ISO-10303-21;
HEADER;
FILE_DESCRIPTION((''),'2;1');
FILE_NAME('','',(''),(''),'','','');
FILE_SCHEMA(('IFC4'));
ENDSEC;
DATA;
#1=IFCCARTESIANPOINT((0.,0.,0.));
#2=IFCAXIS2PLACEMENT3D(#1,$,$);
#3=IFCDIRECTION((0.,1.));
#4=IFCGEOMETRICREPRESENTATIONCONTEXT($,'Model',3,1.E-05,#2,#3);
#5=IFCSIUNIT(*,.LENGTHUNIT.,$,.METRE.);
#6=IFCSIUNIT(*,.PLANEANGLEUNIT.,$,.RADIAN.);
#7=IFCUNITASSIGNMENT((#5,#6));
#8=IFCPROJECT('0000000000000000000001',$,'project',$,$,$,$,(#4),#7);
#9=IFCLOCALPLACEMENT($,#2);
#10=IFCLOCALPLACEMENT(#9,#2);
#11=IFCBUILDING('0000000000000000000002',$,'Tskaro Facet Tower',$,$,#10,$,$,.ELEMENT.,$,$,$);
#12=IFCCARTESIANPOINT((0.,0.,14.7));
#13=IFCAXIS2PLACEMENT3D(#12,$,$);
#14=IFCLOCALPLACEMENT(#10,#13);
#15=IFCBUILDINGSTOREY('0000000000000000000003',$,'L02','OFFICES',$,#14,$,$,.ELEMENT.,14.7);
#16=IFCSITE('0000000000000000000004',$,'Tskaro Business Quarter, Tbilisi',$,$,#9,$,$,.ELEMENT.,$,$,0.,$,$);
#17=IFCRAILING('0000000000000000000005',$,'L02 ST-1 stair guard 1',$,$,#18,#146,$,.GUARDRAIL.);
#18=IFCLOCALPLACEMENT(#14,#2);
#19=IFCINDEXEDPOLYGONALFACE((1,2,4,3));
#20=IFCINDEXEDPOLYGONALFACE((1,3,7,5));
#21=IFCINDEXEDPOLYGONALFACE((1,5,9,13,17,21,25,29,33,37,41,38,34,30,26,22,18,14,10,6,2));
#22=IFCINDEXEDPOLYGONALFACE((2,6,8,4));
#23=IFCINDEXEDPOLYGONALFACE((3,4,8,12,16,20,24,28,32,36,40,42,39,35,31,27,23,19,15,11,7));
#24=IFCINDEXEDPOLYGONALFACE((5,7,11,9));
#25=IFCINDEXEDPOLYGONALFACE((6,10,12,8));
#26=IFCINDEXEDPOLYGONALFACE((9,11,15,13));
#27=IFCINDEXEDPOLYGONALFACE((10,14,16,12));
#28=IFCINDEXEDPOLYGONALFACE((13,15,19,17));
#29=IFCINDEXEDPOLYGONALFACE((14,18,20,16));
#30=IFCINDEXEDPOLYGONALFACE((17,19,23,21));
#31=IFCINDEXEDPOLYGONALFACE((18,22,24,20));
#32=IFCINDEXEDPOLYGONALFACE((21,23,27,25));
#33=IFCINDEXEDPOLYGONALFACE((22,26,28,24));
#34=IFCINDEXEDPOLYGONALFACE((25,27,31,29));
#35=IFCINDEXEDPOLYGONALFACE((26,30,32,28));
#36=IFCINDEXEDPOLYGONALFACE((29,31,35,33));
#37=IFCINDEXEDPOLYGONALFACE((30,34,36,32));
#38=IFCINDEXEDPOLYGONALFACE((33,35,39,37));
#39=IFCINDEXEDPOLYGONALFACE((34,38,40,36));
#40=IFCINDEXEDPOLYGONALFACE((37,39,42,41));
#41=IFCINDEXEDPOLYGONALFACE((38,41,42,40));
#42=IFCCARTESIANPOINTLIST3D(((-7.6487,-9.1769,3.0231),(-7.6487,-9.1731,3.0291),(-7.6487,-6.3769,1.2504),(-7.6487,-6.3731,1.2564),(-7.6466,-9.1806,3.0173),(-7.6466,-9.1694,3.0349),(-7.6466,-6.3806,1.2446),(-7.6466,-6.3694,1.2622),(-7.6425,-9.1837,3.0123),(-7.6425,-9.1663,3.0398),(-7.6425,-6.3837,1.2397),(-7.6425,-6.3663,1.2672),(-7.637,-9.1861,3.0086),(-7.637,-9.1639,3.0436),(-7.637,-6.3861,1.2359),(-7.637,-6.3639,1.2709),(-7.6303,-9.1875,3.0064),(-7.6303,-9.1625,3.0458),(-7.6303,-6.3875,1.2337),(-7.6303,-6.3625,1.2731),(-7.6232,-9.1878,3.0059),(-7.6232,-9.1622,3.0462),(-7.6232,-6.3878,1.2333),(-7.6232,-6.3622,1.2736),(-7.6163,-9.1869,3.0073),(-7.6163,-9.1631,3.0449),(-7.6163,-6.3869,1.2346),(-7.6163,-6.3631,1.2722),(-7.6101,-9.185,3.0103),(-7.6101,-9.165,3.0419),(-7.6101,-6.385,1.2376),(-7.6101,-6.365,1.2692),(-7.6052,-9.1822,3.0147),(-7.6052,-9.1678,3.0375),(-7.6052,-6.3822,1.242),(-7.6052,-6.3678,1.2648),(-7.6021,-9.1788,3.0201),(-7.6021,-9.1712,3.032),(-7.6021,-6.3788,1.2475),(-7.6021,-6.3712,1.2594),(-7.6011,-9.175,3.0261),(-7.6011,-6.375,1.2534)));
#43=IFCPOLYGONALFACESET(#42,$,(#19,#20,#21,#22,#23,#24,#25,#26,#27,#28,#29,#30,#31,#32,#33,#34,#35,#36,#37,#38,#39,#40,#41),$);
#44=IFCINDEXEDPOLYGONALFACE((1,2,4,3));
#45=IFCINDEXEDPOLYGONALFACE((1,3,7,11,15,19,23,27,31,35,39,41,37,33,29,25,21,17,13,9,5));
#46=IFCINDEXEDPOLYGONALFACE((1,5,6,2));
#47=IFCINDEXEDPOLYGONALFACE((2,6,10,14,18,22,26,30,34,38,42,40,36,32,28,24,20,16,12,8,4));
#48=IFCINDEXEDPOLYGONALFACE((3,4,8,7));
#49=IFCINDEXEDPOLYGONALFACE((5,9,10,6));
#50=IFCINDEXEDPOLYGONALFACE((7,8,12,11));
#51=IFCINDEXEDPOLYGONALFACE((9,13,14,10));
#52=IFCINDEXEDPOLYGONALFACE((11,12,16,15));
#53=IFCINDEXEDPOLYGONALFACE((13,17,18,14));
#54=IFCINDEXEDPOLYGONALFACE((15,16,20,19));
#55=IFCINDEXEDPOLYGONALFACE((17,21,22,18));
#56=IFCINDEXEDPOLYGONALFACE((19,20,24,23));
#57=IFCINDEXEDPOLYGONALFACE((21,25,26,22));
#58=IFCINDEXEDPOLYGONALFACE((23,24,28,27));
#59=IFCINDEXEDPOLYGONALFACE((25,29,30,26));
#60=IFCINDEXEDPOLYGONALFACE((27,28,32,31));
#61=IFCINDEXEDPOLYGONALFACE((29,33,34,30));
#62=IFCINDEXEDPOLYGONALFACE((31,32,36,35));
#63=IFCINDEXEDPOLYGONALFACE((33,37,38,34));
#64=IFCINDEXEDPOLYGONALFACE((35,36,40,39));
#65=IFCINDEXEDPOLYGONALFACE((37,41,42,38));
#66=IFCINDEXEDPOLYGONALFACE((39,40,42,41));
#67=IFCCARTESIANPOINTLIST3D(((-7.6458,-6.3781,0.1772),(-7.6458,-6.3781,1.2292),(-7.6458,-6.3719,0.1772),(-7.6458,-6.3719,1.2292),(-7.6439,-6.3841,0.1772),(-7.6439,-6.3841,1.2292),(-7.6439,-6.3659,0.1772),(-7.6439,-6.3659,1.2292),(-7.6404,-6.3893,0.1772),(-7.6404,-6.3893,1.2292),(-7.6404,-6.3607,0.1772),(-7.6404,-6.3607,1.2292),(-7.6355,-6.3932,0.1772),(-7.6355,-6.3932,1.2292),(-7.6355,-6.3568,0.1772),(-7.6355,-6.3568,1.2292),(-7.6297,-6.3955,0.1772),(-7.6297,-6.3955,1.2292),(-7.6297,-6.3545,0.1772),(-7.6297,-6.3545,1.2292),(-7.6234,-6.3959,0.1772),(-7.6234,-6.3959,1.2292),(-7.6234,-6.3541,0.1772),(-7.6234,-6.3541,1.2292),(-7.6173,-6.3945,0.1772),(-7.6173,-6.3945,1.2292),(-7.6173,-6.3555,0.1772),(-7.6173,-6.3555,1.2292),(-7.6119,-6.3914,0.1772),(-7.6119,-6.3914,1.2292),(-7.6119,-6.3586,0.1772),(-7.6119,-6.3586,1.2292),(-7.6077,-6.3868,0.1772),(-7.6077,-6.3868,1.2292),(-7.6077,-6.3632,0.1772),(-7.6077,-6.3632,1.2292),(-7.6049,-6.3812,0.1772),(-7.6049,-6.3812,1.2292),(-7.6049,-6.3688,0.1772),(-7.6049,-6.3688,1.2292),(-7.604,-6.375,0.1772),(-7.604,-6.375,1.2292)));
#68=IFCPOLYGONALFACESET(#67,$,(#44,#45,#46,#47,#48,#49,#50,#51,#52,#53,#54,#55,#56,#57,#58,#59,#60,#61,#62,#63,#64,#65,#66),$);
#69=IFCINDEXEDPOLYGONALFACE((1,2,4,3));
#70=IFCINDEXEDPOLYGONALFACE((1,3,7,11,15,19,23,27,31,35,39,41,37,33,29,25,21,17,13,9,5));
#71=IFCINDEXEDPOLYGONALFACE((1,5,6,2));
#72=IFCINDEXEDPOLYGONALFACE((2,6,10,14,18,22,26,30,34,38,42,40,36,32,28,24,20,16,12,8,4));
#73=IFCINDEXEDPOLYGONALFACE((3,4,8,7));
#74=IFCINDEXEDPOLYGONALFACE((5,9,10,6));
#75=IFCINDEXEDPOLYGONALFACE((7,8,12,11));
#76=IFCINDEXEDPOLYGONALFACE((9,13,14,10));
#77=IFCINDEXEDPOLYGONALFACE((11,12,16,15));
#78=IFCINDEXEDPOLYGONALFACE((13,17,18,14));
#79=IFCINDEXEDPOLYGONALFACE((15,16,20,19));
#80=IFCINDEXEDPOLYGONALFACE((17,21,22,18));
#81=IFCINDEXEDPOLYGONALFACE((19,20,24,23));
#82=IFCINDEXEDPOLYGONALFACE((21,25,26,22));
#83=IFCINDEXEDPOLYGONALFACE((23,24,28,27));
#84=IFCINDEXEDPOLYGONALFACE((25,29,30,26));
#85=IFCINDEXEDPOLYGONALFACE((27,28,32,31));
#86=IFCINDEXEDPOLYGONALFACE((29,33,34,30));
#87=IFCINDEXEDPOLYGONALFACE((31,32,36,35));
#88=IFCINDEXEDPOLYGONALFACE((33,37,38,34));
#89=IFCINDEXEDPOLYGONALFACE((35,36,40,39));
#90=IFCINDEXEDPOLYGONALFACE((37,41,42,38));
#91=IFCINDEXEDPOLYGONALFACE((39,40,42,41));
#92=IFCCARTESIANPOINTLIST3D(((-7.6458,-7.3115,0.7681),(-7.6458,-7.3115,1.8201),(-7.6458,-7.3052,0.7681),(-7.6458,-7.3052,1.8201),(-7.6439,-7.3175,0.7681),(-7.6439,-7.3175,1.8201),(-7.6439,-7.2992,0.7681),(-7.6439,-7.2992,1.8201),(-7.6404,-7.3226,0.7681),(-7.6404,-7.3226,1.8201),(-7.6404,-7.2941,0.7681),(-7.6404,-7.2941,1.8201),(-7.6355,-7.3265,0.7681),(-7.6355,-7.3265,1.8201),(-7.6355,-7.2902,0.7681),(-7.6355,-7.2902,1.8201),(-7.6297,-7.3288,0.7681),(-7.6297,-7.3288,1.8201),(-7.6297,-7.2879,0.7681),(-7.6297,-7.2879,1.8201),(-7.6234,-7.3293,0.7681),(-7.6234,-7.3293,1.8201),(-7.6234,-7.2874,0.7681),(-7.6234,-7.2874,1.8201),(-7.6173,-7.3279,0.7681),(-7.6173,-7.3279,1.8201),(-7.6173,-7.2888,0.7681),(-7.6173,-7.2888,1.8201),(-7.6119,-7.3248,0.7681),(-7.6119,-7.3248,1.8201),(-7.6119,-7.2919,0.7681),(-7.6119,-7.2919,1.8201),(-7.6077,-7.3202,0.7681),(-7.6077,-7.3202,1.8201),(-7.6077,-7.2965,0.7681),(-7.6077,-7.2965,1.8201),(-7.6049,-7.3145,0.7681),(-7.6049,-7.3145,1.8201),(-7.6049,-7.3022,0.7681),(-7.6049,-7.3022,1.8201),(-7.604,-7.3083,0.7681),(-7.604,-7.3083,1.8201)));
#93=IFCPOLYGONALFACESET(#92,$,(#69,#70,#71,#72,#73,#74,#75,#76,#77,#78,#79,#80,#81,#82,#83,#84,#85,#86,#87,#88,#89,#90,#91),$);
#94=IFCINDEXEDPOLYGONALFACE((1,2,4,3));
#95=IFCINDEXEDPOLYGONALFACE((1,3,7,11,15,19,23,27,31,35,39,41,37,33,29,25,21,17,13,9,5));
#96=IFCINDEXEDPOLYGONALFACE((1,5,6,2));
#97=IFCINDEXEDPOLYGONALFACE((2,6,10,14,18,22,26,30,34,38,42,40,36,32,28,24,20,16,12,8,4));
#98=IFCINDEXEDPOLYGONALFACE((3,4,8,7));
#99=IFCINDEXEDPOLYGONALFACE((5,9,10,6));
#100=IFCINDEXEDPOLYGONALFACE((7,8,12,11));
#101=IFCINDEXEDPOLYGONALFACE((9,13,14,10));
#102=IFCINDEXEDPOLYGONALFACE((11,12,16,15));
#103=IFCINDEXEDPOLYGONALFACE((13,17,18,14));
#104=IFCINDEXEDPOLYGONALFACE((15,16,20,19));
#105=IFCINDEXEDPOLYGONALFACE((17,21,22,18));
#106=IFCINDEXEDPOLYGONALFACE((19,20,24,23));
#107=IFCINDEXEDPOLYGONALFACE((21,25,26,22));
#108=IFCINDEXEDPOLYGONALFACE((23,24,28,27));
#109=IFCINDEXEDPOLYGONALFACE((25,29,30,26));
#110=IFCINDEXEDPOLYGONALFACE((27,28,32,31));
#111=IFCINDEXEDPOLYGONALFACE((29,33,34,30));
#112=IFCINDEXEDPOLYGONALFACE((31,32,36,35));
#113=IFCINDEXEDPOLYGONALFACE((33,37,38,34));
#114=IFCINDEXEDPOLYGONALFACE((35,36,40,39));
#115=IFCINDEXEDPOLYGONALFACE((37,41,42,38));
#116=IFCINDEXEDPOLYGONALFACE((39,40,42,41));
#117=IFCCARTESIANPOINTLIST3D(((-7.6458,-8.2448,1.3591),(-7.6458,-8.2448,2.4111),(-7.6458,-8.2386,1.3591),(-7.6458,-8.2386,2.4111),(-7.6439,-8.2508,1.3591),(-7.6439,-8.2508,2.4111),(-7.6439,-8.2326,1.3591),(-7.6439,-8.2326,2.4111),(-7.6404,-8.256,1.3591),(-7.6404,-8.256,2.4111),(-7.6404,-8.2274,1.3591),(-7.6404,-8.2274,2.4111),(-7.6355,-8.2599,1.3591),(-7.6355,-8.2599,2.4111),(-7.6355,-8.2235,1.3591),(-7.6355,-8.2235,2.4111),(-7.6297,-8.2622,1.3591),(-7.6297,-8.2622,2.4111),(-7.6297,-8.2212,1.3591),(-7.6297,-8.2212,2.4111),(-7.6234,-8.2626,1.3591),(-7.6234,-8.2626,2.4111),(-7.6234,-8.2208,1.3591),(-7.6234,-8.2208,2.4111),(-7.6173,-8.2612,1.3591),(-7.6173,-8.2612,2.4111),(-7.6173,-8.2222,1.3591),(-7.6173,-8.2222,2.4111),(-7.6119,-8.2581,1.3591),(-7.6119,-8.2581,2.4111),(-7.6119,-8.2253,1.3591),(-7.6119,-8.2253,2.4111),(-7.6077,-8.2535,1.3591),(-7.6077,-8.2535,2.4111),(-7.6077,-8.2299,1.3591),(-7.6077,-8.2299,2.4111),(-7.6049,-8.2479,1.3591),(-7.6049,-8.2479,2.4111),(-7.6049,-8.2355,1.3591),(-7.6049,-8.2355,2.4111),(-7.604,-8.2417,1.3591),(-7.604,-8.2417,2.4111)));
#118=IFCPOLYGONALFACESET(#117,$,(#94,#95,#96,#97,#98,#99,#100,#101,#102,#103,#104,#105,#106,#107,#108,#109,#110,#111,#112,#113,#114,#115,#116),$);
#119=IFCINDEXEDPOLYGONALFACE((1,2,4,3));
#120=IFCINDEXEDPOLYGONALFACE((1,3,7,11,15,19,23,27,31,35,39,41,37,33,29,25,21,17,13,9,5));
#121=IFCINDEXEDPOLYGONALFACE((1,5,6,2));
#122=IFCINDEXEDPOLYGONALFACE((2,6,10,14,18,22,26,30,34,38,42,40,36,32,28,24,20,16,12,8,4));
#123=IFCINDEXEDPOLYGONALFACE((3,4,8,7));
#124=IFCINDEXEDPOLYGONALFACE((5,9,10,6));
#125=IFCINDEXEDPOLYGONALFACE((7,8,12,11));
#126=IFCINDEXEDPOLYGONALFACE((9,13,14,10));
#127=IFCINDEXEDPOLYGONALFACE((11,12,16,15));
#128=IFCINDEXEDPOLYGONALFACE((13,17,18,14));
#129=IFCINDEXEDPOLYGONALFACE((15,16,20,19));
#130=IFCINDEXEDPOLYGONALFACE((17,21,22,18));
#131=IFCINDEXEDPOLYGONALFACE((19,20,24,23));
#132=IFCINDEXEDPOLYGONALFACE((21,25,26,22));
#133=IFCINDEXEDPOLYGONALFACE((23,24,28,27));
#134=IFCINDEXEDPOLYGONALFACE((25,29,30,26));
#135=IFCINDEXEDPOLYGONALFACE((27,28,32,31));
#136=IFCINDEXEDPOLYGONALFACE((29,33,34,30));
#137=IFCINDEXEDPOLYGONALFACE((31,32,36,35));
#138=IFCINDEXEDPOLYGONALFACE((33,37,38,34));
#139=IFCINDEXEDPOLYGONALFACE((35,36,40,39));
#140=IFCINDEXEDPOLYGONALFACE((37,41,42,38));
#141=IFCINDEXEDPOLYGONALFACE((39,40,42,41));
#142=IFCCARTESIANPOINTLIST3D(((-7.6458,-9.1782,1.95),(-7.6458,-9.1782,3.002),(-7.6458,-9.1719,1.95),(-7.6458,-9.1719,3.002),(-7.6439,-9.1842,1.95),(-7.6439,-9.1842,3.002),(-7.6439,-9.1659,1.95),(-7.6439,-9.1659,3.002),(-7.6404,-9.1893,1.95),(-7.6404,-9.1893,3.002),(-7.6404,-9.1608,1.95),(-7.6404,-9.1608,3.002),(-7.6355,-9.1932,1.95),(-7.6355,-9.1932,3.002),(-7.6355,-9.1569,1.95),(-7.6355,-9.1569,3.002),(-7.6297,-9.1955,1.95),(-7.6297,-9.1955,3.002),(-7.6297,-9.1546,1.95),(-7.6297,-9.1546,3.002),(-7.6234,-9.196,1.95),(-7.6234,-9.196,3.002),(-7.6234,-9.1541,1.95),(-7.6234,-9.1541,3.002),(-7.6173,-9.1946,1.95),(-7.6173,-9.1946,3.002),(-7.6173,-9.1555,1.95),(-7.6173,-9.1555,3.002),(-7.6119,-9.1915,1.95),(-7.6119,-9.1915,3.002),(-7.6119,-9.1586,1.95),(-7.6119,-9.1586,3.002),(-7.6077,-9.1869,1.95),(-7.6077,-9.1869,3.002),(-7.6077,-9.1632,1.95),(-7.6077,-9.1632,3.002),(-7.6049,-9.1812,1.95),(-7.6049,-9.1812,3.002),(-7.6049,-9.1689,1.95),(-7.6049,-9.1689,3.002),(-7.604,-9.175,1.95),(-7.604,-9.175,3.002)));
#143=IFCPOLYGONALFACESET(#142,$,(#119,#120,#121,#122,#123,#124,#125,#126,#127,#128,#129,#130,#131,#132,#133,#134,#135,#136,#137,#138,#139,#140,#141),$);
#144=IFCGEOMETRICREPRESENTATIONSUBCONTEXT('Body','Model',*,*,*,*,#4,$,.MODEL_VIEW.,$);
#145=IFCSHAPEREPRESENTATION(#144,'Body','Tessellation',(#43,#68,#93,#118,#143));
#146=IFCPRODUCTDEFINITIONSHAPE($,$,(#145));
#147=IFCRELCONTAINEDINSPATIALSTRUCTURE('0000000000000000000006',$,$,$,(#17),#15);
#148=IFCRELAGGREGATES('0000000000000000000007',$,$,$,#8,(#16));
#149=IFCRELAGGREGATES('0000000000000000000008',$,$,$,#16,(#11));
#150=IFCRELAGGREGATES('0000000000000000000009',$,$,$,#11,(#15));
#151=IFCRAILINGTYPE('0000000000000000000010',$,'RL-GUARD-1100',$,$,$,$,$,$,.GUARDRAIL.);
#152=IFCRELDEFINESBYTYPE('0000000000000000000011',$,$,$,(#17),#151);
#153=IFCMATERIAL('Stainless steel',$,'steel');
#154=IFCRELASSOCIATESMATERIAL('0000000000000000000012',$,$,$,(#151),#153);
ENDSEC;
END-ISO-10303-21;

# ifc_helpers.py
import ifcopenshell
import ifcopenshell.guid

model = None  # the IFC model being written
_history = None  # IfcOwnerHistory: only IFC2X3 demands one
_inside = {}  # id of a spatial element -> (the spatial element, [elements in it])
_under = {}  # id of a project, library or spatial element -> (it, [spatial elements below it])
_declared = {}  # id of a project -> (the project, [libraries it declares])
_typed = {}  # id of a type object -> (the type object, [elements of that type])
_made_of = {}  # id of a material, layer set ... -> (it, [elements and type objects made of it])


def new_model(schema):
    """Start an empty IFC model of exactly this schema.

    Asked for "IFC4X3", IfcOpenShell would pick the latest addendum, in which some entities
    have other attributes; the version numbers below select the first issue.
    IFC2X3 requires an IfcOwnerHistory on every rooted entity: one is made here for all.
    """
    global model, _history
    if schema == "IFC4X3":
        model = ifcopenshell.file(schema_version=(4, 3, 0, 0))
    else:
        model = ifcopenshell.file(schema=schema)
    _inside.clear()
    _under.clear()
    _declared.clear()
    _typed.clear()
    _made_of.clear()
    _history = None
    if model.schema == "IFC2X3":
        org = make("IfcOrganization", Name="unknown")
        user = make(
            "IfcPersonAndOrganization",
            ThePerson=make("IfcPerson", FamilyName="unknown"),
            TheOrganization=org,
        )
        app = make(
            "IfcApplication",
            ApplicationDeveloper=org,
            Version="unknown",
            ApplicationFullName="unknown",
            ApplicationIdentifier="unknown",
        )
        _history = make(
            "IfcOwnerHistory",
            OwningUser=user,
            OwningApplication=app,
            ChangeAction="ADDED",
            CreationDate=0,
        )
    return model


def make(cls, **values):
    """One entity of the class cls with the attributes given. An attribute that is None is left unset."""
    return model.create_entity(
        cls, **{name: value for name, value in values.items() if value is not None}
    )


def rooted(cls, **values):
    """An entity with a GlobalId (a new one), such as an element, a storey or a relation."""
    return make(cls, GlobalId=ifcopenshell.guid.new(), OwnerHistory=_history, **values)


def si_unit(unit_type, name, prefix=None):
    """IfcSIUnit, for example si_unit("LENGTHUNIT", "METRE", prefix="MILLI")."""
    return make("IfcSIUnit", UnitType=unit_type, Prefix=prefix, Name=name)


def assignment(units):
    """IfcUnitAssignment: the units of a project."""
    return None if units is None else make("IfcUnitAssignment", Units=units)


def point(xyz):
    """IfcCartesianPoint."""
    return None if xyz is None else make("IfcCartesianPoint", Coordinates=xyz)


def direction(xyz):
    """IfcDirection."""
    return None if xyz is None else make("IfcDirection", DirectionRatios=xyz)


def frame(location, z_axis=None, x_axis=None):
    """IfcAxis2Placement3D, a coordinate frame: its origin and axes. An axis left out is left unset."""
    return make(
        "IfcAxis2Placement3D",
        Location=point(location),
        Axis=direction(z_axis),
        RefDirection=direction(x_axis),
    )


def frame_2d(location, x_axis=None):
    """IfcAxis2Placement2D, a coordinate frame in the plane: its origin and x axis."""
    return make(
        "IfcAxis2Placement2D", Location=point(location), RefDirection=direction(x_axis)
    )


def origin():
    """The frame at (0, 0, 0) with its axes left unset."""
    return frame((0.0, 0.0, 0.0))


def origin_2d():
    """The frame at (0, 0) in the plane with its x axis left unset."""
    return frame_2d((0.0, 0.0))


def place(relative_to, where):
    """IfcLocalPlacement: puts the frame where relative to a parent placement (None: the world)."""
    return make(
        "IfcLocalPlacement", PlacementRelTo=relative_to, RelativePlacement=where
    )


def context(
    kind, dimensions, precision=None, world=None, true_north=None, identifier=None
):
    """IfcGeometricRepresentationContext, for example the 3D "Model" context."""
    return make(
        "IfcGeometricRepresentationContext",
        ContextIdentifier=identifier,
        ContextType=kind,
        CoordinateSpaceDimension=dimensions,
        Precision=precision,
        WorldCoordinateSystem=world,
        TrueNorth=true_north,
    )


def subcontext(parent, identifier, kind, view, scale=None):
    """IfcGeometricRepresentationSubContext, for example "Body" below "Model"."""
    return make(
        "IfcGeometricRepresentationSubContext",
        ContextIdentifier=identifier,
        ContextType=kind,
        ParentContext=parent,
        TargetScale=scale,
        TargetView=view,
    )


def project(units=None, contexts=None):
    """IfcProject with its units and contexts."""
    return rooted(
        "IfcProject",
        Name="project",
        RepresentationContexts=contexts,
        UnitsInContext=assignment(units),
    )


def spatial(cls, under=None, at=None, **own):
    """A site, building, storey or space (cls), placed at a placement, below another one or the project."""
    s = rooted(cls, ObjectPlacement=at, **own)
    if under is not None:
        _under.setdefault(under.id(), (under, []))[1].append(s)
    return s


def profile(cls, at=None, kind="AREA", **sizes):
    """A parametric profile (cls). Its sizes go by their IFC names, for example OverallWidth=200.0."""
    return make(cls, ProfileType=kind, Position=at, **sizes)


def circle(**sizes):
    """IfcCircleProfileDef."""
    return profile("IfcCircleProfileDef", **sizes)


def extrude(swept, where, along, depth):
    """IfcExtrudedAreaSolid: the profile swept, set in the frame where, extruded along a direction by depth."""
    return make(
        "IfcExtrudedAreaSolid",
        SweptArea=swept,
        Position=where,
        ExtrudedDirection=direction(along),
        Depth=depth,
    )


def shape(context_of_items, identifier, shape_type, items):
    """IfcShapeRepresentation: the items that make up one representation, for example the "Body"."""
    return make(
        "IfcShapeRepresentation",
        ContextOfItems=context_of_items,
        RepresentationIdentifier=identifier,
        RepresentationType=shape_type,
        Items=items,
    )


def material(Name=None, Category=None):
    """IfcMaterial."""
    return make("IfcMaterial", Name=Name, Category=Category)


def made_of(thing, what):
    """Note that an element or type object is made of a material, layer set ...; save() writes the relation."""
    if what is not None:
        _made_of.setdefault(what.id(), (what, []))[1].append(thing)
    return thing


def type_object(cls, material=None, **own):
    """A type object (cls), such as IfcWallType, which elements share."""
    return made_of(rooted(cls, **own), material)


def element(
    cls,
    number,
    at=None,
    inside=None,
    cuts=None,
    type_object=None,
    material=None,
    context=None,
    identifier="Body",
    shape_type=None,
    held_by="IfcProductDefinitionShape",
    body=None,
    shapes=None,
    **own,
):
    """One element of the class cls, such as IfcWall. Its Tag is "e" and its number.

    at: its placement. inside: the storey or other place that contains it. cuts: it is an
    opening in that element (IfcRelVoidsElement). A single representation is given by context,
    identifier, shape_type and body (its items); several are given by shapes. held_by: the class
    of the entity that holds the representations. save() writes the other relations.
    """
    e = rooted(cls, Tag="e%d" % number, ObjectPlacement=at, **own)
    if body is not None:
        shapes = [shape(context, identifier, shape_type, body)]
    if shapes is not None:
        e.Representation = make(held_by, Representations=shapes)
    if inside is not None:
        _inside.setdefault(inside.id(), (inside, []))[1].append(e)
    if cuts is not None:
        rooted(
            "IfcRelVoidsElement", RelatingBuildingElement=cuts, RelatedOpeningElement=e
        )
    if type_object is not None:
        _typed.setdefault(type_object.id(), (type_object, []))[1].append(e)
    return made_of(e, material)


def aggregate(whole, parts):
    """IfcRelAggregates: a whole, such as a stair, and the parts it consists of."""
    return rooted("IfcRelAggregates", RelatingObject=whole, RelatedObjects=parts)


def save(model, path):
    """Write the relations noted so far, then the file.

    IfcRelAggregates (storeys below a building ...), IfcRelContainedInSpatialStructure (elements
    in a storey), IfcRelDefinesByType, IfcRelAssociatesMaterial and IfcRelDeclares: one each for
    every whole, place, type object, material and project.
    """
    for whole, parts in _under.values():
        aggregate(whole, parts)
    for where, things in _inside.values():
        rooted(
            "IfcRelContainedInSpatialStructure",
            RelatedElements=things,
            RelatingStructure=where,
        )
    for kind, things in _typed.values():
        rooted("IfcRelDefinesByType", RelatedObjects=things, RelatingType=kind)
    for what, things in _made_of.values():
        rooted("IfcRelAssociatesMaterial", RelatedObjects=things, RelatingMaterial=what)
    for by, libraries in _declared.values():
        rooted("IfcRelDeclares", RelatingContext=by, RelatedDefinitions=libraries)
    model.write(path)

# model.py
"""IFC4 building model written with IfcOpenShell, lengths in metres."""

from ifc_helpers import new_model, si_unit, direction, frame, origin, origin_2d, place, context, subcontext, project, spatial, circle, extrude, material, type_object, element, save


model = new_model("IFC4")

# Units and contexts
model_context = context("Model", 3, precision=1e-05, world=origin(), true_north=direction((0.0, 1.0)))
body_context = subcontext(model_context, "Body", "Model", "MODEL_VIEW")
ifc_project = project(units=[si_unit("LENGTHUNIT", "METRE"), si_unit("PLANEANGLEUNIT", "RADIAN")], contexts=[model_context])

# Site, building, storey
site_placement = place(None, origin())
site = spatial("IfcSite", under=ifc_project, at=site_placement, Name="Tskaro Business Quarter, Tbilisi", CompositionType="ELEMENT", RefElevation=0.0)
building_placement = place(site_placement, origin())
building = spatial("IfcBuilding", under=site, at=building_placement, Name="Tskaro Facet Tower", CompositionType="ELEMENT")
storey_placement = place(building_placement, frame((0.0, 0.0, 14.7)))
storey = spatial("IfcBuildingStorey", under=building, at=storey_placement, Name="L02", Description="OFFICES", CompositionType="ELEMENT", Elevation=14.7)

# Shared definitions
ifc_material_1 = material(Name="Stainless steel", Category="steel")

# Railing
railing_type_1 = type_object("IfcRailingType", Name="RL-GUARD-1100", PredefinedType="GUARDRAIL", material=ifc_material_1)
railing_1_placement = place(storey_placement, frame((-7.625, -6.375, 0.1772)))
element("IfcRailing", 1, at=railing_1_placement, inside=storey, type_object=railing_type_1, Name="L02 ST-1 stair guard 1", PredefinedType="GUARDRAIL", context=body_context, shape_type="SweptSolid", body=[
    extrude(circle(Radius=0.0239, at=origin_2d()), frame((0.0, 0.0, 1.0762), z_axis=(0.0, -0.844909, 0.53491), x_axis=(1.0, 0.0, 0.0)), (0.0, 0.0, 1.0), 3.314),
    extrude(circle(Radius=0.021, at=origin_2d()), origin(), (0.0, 0.0, 1.0), 1.052),
    extrude(circle(Radius=0.021, at=origin_2d()), frame((0.0, -0.9333, 0.5908)), (0.0, 0.0, 1.0), 1.052),
    extrude(circle(Radius=0.021, at=origin_2d()), frame((0.0, -1.8667, 1.1819)), (0.0, 0.0, 1.0), 1.052),
    extrude(circle(Radius=0.021, at=origin_2d()), frame((0.0, -2.8, 1.7727)), (0.0, 0.0, 1.0), 1.052),
])

save(model, "model.ifc")
